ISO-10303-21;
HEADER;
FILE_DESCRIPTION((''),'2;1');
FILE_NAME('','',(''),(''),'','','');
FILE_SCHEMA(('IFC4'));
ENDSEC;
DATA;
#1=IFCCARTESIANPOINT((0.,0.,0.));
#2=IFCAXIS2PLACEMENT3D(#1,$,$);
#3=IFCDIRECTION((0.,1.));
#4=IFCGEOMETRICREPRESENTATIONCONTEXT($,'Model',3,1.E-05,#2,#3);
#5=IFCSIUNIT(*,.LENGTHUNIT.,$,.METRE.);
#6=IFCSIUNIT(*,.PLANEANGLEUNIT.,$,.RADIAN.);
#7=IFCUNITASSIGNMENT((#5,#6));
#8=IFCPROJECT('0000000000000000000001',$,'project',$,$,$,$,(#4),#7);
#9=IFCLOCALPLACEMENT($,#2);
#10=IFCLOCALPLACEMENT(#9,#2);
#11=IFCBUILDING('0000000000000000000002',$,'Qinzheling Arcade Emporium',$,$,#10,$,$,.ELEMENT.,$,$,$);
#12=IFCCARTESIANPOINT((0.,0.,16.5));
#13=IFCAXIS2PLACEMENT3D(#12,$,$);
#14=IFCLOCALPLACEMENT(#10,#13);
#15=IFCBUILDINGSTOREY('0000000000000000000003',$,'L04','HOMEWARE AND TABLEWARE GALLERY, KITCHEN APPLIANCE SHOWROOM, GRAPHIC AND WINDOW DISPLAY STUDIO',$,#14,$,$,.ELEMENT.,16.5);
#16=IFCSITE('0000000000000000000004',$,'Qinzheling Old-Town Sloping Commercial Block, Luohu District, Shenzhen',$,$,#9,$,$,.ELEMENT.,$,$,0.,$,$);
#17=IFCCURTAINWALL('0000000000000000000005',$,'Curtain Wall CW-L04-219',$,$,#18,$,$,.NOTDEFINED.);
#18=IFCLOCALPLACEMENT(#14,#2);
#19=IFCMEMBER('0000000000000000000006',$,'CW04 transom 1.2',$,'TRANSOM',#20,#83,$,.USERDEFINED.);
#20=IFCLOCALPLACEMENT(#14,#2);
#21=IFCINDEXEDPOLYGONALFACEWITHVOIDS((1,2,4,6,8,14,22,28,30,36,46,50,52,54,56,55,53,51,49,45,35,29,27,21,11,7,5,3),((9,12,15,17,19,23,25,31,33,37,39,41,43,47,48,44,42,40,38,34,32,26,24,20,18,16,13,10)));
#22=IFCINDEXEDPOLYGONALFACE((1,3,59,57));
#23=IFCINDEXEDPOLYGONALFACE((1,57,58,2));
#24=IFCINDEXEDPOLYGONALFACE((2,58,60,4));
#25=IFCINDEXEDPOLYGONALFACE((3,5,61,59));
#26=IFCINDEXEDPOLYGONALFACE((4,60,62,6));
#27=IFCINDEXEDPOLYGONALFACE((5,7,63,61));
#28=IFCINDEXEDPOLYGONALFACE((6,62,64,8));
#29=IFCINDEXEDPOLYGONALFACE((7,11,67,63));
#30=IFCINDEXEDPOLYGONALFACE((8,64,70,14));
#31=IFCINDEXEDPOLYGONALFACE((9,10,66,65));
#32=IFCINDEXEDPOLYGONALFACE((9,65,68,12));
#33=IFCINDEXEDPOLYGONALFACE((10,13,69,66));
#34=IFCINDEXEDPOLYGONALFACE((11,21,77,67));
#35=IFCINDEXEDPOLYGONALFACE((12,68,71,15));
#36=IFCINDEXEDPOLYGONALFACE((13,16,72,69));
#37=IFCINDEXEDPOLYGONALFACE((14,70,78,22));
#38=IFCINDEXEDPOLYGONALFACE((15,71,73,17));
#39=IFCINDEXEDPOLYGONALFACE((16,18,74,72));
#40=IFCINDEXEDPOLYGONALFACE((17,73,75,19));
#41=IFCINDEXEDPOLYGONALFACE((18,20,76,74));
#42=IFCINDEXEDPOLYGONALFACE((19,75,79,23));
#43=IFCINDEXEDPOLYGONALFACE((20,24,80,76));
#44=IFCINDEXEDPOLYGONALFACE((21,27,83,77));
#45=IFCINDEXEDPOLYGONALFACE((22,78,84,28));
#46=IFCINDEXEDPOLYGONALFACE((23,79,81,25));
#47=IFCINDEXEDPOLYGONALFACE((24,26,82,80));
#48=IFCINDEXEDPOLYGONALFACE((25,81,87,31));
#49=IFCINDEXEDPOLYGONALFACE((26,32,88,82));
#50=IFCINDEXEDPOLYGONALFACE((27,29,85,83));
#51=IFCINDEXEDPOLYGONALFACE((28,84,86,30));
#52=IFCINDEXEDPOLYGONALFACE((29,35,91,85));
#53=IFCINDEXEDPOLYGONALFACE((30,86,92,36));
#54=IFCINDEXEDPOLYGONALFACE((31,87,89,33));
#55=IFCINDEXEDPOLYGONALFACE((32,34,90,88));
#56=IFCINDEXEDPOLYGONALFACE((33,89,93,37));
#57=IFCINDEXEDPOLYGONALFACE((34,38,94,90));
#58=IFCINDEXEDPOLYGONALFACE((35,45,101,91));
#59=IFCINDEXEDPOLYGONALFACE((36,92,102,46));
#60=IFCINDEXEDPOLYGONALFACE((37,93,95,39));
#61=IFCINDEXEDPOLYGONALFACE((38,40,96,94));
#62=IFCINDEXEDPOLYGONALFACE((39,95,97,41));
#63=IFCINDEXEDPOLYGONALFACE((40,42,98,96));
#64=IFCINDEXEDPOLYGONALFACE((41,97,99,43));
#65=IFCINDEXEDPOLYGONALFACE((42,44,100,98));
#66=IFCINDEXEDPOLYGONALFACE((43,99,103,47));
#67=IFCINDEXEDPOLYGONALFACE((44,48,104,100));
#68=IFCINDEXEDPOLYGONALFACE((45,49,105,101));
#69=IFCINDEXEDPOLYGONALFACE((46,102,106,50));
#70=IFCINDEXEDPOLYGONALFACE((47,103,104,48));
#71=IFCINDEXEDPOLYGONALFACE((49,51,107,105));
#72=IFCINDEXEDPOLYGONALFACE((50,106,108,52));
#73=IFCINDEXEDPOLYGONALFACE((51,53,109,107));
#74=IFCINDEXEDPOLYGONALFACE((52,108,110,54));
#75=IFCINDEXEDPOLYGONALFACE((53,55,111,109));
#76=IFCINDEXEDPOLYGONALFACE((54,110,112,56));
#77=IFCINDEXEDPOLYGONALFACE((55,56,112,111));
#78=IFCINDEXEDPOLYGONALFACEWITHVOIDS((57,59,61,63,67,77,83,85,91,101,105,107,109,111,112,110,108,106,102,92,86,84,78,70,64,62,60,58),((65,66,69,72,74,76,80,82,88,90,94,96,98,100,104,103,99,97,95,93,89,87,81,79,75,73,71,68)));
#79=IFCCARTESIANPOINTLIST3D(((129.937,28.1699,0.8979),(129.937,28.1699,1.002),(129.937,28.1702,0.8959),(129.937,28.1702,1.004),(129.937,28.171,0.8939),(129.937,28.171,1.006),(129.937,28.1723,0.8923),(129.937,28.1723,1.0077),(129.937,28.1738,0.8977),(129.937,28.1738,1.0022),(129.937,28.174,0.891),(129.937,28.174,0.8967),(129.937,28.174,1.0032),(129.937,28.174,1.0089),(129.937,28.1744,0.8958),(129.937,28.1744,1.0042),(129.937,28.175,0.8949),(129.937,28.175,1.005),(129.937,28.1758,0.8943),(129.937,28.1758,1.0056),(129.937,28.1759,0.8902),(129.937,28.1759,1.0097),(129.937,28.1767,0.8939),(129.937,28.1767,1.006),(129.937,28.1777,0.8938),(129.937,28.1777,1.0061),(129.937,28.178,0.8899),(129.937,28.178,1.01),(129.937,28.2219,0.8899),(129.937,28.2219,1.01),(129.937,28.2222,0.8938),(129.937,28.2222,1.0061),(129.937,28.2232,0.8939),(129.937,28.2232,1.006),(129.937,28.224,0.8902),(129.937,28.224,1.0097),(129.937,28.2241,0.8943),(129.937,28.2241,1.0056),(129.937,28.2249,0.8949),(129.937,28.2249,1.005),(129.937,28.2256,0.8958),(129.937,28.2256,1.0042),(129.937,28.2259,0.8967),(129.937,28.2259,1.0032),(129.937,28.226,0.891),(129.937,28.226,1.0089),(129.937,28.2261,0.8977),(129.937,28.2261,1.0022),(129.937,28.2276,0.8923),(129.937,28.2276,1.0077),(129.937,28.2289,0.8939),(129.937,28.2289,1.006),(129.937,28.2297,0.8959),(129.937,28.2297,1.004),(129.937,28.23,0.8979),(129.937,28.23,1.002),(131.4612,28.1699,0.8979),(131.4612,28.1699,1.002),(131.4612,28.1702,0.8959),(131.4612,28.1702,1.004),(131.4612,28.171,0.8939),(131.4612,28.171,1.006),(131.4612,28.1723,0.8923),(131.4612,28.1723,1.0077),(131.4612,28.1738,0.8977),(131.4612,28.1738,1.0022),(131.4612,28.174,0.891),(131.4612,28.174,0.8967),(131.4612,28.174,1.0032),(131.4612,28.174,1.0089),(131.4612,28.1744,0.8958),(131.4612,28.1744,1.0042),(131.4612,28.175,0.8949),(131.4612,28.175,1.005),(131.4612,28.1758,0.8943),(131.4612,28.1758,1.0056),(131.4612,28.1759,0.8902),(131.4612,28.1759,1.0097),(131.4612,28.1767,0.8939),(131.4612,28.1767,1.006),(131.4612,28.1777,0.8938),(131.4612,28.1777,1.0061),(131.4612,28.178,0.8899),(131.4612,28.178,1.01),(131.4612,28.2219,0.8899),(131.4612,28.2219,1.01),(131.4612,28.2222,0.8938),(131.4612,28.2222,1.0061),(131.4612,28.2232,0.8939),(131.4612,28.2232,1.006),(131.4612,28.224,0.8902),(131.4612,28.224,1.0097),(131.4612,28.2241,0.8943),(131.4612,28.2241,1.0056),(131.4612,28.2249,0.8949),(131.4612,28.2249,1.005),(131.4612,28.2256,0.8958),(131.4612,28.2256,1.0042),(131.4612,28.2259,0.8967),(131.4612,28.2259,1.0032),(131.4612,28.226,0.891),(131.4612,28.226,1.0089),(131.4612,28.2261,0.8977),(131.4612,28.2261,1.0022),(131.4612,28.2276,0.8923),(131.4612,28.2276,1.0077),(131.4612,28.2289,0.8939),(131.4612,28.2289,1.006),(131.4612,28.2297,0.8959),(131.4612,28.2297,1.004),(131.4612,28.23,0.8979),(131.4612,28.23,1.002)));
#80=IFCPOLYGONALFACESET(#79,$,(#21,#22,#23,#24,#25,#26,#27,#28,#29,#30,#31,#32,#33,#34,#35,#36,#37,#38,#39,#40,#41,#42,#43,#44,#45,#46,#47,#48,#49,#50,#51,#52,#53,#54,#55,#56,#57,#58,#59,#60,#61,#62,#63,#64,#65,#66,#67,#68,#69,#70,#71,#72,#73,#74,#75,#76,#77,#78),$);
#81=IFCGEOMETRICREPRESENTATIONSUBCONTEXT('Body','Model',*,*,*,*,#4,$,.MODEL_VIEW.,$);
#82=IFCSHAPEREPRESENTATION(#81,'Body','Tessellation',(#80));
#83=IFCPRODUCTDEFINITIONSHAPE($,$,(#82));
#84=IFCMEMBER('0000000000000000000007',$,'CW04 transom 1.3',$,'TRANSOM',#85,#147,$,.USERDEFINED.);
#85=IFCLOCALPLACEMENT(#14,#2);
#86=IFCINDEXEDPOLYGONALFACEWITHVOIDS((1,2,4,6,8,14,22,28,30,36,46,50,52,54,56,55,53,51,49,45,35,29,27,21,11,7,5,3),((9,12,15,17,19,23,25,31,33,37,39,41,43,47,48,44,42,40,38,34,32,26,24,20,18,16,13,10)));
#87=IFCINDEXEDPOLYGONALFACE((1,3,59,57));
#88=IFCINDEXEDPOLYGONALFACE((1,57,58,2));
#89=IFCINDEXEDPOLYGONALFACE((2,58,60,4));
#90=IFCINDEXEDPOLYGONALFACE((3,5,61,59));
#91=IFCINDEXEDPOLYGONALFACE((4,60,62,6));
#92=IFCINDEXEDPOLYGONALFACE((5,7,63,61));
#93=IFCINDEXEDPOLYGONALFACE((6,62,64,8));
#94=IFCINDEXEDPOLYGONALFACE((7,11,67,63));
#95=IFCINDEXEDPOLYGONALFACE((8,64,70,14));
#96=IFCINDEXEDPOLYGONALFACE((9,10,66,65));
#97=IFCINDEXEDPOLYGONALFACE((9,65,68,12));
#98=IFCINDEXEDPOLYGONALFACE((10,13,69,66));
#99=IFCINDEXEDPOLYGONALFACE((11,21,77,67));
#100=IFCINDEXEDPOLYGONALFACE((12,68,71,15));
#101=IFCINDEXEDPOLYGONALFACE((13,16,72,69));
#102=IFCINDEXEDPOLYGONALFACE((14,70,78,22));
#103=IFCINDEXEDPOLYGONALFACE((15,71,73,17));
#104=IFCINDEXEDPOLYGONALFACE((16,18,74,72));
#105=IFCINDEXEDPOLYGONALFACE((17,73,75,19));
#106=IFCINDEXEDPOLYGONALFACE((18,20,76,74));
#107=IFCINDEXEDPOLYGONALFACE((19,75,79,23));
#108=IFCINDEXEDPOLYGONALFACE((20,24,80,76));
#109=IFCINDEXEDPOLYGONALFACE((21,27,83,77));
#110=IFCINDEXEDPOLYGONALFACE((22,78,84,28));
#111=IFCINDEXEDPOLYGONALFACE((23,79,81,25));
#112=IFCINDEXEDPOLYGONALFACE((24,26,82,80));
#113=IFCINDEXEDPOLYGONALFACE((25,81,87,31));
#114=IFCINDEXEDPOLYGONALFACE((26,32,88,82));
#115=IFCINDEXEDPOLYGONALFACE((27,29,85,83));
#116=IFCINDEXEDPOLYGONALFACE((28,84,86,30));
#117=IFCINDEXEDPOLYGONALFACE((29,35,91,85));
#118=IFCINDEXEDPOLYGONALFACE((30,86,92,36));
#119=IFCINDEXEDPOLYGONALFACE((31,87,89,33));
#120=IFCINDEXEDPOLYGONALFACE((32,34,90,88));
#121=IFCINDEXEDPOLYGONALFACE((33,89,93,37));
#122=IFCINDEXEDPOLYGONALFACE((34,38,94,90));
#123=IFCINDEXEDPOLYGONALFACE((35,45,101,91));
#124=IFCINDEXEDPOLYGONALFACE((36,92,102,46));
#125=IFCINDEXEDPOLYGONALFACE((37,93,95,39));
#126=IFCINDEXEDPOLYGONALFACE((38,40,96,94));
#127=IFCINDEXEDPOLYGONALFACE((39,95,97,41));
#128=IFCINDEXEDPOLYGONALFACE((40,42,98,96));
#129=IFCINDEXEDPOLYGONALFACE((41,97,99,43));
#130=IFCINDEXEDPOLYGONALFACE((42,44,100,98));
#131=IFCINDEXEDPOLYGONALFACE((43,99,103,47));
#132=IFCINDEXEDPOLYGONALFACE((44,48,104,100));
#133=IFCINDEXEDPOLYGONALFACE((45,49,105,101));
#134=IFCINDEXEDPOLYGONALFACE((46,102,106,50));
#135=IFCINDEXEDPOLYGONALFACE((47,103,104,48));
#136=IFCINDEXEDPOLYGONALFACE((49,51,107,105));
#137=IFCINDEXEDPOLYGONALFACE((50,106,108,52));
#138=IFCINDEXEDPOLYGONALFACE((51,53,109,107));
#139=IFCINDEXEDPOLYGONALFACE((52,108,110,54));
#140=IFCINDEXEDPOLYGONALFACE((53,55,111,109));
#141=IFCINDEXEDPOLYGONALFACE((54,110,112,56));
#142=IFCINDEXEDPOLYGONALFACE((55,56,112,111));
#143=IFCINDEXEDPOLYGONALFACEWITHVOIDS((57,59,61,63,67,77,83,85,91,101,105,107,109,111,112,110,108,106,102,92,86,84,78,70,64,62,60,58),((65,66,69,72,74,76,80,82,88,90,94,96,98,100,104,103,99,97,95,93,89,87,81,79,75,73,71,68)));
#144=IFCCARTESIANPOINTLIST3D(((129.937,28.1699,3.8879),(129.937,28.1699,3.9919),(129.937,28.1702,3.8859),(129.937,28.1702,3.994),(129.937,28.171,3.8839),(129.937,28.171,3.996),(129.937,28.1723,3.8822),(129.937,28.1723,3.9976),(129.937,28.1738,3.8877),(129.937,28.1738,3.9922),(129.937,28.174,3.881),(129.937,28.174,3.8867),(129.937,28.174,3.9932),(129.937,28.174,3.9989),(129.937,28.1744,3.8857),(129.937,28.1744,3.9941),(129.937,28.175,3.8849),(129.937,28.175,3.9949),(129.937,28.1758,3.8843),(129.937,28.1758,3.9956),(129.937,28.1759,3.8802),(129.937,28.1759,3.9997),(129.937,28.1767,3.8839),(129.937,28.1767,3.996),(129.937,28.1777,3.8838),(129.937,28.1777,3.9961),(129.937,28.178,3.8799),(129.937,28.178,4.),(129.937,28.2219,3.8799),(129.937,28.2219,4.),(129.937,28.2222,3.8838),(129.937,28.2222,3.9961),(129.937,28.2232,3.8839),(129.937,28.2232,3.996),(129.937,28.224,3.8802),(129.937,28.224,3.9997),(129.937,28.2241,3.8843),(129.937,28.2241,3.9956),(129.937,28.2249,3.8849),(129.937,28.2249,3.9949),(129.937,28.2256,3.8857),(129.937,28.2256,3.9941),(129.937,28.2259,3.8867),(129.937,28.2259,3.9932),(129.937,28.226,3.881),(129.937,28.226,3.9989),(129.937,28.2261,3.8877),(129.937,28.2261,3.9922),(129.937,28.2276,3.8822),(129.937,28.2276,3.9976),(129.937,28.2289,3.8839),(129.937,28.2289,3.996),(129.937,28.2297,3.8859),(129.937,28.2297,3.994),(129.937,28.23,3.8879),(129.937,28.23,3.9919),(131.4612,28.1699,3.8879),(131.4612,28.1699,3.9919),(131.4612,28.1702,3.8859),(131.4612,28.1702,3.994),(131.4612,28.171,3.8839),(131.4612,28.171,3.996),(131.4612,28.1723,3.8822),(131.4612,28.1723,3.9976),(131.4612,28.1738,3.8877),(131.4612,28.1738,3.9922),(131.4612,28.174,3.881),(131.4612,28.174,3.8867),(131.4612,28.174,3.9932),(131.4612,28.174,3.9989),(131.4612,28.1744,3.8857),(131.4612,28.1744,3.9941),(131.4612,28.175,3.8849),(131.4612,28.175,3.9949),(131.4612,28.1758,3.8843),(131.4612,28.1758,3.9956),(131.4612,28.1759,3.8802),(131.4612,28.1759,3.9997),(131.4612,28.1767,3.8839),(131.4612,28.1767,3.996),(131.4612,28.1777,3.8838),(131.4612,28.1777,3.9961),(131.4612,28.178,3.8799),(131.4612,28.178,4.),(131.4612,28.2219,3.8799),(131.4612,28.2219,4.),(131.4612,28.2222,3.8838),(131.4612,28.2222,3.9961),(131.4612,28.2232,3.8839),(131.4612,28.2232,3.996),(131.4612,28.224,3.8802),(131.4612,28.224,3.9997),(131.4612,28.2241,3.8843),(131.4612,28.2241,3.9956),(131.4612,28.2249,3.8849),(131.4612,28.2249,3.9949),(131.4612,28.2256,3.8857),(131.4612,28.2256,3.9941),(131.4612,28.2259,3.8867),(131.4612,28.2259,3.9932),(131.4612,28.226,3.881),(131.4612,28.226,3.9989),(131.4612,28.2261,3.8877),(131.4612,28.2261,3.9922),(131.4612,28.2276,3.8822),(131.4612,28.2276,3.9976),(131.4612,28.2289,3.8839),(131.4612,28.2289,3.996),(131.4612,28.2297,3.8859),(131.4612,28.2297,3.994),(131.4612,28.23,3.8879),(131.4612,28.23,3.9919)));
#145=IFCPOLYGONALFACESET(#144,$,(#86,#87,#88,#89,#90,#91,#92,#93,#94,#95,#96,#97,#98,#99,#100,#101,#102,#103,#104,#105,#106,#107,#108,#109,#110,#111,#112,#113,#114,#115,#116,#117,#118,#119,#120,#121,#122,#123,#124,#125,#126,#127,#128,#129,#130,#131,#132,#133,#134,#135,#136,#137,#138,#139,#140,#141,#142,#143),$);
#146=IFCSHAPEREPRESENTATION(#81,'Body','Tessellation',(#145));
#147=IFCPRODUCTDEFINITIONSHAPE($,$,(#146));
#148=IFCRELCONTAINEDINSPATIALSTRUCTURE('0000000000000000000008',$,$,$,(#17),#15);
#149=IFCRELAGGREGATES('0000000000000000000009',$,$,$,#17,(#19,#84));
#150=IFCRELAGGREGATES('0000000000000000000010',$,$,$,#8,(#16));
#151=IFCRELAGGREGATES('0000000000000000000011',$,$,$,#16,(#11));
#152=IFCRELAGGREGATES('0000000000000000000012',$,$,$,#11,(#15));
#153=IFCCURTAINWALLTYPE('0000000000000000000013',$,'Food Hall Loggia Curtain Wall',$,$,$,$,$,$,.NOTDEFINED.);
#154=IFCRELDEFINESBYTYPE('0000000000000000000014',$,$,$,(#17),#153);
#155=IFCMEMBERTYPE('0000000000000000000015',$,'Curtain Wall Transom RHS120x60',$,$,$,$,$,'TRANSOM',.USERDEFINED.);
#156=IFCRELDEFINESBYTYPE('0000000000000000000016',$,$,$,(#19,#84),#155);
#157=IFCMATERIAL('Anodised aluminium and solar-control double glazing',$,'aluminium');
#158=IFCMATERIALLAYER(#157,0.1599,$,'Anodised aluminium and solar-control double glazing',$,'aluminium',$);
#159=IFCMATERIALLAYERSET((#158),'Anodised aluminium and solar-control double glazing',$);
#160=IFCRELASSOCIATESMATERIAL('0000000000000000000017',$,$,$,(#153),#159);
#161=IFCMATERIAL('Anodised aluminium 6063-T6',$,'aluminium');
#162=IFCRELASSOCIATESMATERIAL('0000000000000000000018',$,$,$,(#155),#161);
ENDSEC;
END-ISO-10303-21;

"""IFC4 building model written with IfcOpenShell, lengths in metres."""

from ifc_helpers import new_model, si_unit, direction, frame, origin, origin_2d, place, context, subcontext, project, spatial, hollow_rectangle, extrude, material, layer, layer_set, material_profile, profile_set, type_object, element, aggregate, save


model = new_model("IFC4")

# Units and contexts
model_context = context("Model", 3, precision=1e-05, world=origin(), true_north=direction((0.0, 1.0)))
body_context = subcontext(model_context, "Body", "Model", "MODEL_VIEW")
ifc_project = project(units=[si_unit("LENGTHUNIT", "METRE"), si_unit("PLANEANGLEUNIT", "RADIAN")], contexts=[model_context])

# Site, building, storey
site_placement = place(None, origin())
site = spatial("IfcSite", under=ifc_project, at=site_placement, Name="Qinzheling Old-Town Sloping Commercial Block, Luohu District, Shenzhen", CompositionType="ELEMENT", RefElevation=0.0)
building_placement = place(site_placement, origin())
building = spatial("IfcBuilding", under=site, at=building_placement, Name="Qinzheling Arcade Emporium", CompositionType="ELEMENT")
storey_placement = place(building_placement, frame((0.0, 0.0, 16.5)))
storey = spatial("IfcBuildingStorey", under=building, at=storey_placement, Name="L04", Description="HOMEWARE AND TABLEWARE GALLERY, KITCHEN APPLIANCE SHOWROOM, GRAPHIC AND WINDOW DISPLAY STUDIO", CompositionType="ELEMENT", Elevation=16.5)

# Shared definitions
ifc_material_1 = material(Name="Anodised aluminium and solar-control double glazing", Category="aluminium")
ifc_layer_1 = layer(ifc_material_1, 0.1599, Name="Anodised aluminium and solar-control double glazing", Category="aluminium")
ifc_layer_set_1 = layer_set([ifc_layer_1], Name="Anodised aluminium and solar-control double glazing")
curtain_wall_type = type_object("IfcCurtainWallType", Name="Food Hall Loggia Curtain Wall", PredefinedType="NOTDEFINED", material=ifc_layer_set_1)
ifc_material_2 = material(Name="Anodised aluminium 6063-T6", Category="aluminium")

# Curtain wall
curtain_wall_1_placement = place(storey_placement, origin())
curtain_wall_1 = element("IfcCurtainWall", 1, at=curtain_wall_1_placement, inside=storey, type_object=curtain_wall_type, Name="Curtain Wall CW-L04-219", PredefinedType="NOTDEFINED")

# Members
ifc_material_profile_1 = material_profile(ifc_material_2, hollow_rectangle(XDim=0.0601, YDim=0.1201, WallThickness=0.0039, InnerFilletRadius=0.0039, OuterFilletRadius=0.0081, at=origin_2d()), Name="RHS 120x60x4", Category="aluminium")
ifc_profile_set_1 = profile_set([ifc_material_profile_1], Name="Anodised aluminium 6063-T6")
member_type_1 = type_object("IfcMemberType", Name="Curtain Wall Transom RHS120x60", ElementType="TRANSOM", PredefinedType="USERDEFINED", material=ifc_profile_set_1)
member_1_placement = place(storey_placement, frame((129.937, 28.2, 0.95), z_axis=(1.0, 0.0, 0.0), x_axis=(0.0, 1.0, 0.0)))
member_1 = element("IfcMember", 2, at=member_1_placement, type_object=member_type_1, Name="CW04 transom 1.2", ObjectType="TRANSOM", PredefinedType="USERDEFINED", context=body_context, shape_type="SweptSolid", body=[
    extrude(hollow_rectangle(XDim=0.0601, YDim=0.1201, WallThickness=0.0039, InnerFilletRadius=0.0039, OuterFilletRadius=0.0081, at=origin_2d()), origin(), (0.0, 0.0, 1.0), 1.5242),
])
member_2_placement = place(storey_placement, frame((129.937, 28.2, 3.9399), z_axis=(1.0, 0.0, 0.0), x_axis=(0.0, 1.0, 0.0)))
member_2 = element("IfcMember", 3, at=member_2_placement, type_object=member_type_1, Name="CW04 transom 1.3", ObjectType="TRANSOM", PredefinedType="USERDEFINED", context=body_context, shape_type="SweptSolid", body=[
    extrude(hollow_rectangle(XDim=0.0601, YDim=0.1201, WallThickness=0.0039, InnerFilletRadius=0.0039, OuterFilletRadius=0.0081, at=origin_2d()), origin(), (0.0, 0.0, 1.0), 1.5242),
])

aggregate(curtain_wall_1, [member_1, member_2])

save(model, "model.ifc")
